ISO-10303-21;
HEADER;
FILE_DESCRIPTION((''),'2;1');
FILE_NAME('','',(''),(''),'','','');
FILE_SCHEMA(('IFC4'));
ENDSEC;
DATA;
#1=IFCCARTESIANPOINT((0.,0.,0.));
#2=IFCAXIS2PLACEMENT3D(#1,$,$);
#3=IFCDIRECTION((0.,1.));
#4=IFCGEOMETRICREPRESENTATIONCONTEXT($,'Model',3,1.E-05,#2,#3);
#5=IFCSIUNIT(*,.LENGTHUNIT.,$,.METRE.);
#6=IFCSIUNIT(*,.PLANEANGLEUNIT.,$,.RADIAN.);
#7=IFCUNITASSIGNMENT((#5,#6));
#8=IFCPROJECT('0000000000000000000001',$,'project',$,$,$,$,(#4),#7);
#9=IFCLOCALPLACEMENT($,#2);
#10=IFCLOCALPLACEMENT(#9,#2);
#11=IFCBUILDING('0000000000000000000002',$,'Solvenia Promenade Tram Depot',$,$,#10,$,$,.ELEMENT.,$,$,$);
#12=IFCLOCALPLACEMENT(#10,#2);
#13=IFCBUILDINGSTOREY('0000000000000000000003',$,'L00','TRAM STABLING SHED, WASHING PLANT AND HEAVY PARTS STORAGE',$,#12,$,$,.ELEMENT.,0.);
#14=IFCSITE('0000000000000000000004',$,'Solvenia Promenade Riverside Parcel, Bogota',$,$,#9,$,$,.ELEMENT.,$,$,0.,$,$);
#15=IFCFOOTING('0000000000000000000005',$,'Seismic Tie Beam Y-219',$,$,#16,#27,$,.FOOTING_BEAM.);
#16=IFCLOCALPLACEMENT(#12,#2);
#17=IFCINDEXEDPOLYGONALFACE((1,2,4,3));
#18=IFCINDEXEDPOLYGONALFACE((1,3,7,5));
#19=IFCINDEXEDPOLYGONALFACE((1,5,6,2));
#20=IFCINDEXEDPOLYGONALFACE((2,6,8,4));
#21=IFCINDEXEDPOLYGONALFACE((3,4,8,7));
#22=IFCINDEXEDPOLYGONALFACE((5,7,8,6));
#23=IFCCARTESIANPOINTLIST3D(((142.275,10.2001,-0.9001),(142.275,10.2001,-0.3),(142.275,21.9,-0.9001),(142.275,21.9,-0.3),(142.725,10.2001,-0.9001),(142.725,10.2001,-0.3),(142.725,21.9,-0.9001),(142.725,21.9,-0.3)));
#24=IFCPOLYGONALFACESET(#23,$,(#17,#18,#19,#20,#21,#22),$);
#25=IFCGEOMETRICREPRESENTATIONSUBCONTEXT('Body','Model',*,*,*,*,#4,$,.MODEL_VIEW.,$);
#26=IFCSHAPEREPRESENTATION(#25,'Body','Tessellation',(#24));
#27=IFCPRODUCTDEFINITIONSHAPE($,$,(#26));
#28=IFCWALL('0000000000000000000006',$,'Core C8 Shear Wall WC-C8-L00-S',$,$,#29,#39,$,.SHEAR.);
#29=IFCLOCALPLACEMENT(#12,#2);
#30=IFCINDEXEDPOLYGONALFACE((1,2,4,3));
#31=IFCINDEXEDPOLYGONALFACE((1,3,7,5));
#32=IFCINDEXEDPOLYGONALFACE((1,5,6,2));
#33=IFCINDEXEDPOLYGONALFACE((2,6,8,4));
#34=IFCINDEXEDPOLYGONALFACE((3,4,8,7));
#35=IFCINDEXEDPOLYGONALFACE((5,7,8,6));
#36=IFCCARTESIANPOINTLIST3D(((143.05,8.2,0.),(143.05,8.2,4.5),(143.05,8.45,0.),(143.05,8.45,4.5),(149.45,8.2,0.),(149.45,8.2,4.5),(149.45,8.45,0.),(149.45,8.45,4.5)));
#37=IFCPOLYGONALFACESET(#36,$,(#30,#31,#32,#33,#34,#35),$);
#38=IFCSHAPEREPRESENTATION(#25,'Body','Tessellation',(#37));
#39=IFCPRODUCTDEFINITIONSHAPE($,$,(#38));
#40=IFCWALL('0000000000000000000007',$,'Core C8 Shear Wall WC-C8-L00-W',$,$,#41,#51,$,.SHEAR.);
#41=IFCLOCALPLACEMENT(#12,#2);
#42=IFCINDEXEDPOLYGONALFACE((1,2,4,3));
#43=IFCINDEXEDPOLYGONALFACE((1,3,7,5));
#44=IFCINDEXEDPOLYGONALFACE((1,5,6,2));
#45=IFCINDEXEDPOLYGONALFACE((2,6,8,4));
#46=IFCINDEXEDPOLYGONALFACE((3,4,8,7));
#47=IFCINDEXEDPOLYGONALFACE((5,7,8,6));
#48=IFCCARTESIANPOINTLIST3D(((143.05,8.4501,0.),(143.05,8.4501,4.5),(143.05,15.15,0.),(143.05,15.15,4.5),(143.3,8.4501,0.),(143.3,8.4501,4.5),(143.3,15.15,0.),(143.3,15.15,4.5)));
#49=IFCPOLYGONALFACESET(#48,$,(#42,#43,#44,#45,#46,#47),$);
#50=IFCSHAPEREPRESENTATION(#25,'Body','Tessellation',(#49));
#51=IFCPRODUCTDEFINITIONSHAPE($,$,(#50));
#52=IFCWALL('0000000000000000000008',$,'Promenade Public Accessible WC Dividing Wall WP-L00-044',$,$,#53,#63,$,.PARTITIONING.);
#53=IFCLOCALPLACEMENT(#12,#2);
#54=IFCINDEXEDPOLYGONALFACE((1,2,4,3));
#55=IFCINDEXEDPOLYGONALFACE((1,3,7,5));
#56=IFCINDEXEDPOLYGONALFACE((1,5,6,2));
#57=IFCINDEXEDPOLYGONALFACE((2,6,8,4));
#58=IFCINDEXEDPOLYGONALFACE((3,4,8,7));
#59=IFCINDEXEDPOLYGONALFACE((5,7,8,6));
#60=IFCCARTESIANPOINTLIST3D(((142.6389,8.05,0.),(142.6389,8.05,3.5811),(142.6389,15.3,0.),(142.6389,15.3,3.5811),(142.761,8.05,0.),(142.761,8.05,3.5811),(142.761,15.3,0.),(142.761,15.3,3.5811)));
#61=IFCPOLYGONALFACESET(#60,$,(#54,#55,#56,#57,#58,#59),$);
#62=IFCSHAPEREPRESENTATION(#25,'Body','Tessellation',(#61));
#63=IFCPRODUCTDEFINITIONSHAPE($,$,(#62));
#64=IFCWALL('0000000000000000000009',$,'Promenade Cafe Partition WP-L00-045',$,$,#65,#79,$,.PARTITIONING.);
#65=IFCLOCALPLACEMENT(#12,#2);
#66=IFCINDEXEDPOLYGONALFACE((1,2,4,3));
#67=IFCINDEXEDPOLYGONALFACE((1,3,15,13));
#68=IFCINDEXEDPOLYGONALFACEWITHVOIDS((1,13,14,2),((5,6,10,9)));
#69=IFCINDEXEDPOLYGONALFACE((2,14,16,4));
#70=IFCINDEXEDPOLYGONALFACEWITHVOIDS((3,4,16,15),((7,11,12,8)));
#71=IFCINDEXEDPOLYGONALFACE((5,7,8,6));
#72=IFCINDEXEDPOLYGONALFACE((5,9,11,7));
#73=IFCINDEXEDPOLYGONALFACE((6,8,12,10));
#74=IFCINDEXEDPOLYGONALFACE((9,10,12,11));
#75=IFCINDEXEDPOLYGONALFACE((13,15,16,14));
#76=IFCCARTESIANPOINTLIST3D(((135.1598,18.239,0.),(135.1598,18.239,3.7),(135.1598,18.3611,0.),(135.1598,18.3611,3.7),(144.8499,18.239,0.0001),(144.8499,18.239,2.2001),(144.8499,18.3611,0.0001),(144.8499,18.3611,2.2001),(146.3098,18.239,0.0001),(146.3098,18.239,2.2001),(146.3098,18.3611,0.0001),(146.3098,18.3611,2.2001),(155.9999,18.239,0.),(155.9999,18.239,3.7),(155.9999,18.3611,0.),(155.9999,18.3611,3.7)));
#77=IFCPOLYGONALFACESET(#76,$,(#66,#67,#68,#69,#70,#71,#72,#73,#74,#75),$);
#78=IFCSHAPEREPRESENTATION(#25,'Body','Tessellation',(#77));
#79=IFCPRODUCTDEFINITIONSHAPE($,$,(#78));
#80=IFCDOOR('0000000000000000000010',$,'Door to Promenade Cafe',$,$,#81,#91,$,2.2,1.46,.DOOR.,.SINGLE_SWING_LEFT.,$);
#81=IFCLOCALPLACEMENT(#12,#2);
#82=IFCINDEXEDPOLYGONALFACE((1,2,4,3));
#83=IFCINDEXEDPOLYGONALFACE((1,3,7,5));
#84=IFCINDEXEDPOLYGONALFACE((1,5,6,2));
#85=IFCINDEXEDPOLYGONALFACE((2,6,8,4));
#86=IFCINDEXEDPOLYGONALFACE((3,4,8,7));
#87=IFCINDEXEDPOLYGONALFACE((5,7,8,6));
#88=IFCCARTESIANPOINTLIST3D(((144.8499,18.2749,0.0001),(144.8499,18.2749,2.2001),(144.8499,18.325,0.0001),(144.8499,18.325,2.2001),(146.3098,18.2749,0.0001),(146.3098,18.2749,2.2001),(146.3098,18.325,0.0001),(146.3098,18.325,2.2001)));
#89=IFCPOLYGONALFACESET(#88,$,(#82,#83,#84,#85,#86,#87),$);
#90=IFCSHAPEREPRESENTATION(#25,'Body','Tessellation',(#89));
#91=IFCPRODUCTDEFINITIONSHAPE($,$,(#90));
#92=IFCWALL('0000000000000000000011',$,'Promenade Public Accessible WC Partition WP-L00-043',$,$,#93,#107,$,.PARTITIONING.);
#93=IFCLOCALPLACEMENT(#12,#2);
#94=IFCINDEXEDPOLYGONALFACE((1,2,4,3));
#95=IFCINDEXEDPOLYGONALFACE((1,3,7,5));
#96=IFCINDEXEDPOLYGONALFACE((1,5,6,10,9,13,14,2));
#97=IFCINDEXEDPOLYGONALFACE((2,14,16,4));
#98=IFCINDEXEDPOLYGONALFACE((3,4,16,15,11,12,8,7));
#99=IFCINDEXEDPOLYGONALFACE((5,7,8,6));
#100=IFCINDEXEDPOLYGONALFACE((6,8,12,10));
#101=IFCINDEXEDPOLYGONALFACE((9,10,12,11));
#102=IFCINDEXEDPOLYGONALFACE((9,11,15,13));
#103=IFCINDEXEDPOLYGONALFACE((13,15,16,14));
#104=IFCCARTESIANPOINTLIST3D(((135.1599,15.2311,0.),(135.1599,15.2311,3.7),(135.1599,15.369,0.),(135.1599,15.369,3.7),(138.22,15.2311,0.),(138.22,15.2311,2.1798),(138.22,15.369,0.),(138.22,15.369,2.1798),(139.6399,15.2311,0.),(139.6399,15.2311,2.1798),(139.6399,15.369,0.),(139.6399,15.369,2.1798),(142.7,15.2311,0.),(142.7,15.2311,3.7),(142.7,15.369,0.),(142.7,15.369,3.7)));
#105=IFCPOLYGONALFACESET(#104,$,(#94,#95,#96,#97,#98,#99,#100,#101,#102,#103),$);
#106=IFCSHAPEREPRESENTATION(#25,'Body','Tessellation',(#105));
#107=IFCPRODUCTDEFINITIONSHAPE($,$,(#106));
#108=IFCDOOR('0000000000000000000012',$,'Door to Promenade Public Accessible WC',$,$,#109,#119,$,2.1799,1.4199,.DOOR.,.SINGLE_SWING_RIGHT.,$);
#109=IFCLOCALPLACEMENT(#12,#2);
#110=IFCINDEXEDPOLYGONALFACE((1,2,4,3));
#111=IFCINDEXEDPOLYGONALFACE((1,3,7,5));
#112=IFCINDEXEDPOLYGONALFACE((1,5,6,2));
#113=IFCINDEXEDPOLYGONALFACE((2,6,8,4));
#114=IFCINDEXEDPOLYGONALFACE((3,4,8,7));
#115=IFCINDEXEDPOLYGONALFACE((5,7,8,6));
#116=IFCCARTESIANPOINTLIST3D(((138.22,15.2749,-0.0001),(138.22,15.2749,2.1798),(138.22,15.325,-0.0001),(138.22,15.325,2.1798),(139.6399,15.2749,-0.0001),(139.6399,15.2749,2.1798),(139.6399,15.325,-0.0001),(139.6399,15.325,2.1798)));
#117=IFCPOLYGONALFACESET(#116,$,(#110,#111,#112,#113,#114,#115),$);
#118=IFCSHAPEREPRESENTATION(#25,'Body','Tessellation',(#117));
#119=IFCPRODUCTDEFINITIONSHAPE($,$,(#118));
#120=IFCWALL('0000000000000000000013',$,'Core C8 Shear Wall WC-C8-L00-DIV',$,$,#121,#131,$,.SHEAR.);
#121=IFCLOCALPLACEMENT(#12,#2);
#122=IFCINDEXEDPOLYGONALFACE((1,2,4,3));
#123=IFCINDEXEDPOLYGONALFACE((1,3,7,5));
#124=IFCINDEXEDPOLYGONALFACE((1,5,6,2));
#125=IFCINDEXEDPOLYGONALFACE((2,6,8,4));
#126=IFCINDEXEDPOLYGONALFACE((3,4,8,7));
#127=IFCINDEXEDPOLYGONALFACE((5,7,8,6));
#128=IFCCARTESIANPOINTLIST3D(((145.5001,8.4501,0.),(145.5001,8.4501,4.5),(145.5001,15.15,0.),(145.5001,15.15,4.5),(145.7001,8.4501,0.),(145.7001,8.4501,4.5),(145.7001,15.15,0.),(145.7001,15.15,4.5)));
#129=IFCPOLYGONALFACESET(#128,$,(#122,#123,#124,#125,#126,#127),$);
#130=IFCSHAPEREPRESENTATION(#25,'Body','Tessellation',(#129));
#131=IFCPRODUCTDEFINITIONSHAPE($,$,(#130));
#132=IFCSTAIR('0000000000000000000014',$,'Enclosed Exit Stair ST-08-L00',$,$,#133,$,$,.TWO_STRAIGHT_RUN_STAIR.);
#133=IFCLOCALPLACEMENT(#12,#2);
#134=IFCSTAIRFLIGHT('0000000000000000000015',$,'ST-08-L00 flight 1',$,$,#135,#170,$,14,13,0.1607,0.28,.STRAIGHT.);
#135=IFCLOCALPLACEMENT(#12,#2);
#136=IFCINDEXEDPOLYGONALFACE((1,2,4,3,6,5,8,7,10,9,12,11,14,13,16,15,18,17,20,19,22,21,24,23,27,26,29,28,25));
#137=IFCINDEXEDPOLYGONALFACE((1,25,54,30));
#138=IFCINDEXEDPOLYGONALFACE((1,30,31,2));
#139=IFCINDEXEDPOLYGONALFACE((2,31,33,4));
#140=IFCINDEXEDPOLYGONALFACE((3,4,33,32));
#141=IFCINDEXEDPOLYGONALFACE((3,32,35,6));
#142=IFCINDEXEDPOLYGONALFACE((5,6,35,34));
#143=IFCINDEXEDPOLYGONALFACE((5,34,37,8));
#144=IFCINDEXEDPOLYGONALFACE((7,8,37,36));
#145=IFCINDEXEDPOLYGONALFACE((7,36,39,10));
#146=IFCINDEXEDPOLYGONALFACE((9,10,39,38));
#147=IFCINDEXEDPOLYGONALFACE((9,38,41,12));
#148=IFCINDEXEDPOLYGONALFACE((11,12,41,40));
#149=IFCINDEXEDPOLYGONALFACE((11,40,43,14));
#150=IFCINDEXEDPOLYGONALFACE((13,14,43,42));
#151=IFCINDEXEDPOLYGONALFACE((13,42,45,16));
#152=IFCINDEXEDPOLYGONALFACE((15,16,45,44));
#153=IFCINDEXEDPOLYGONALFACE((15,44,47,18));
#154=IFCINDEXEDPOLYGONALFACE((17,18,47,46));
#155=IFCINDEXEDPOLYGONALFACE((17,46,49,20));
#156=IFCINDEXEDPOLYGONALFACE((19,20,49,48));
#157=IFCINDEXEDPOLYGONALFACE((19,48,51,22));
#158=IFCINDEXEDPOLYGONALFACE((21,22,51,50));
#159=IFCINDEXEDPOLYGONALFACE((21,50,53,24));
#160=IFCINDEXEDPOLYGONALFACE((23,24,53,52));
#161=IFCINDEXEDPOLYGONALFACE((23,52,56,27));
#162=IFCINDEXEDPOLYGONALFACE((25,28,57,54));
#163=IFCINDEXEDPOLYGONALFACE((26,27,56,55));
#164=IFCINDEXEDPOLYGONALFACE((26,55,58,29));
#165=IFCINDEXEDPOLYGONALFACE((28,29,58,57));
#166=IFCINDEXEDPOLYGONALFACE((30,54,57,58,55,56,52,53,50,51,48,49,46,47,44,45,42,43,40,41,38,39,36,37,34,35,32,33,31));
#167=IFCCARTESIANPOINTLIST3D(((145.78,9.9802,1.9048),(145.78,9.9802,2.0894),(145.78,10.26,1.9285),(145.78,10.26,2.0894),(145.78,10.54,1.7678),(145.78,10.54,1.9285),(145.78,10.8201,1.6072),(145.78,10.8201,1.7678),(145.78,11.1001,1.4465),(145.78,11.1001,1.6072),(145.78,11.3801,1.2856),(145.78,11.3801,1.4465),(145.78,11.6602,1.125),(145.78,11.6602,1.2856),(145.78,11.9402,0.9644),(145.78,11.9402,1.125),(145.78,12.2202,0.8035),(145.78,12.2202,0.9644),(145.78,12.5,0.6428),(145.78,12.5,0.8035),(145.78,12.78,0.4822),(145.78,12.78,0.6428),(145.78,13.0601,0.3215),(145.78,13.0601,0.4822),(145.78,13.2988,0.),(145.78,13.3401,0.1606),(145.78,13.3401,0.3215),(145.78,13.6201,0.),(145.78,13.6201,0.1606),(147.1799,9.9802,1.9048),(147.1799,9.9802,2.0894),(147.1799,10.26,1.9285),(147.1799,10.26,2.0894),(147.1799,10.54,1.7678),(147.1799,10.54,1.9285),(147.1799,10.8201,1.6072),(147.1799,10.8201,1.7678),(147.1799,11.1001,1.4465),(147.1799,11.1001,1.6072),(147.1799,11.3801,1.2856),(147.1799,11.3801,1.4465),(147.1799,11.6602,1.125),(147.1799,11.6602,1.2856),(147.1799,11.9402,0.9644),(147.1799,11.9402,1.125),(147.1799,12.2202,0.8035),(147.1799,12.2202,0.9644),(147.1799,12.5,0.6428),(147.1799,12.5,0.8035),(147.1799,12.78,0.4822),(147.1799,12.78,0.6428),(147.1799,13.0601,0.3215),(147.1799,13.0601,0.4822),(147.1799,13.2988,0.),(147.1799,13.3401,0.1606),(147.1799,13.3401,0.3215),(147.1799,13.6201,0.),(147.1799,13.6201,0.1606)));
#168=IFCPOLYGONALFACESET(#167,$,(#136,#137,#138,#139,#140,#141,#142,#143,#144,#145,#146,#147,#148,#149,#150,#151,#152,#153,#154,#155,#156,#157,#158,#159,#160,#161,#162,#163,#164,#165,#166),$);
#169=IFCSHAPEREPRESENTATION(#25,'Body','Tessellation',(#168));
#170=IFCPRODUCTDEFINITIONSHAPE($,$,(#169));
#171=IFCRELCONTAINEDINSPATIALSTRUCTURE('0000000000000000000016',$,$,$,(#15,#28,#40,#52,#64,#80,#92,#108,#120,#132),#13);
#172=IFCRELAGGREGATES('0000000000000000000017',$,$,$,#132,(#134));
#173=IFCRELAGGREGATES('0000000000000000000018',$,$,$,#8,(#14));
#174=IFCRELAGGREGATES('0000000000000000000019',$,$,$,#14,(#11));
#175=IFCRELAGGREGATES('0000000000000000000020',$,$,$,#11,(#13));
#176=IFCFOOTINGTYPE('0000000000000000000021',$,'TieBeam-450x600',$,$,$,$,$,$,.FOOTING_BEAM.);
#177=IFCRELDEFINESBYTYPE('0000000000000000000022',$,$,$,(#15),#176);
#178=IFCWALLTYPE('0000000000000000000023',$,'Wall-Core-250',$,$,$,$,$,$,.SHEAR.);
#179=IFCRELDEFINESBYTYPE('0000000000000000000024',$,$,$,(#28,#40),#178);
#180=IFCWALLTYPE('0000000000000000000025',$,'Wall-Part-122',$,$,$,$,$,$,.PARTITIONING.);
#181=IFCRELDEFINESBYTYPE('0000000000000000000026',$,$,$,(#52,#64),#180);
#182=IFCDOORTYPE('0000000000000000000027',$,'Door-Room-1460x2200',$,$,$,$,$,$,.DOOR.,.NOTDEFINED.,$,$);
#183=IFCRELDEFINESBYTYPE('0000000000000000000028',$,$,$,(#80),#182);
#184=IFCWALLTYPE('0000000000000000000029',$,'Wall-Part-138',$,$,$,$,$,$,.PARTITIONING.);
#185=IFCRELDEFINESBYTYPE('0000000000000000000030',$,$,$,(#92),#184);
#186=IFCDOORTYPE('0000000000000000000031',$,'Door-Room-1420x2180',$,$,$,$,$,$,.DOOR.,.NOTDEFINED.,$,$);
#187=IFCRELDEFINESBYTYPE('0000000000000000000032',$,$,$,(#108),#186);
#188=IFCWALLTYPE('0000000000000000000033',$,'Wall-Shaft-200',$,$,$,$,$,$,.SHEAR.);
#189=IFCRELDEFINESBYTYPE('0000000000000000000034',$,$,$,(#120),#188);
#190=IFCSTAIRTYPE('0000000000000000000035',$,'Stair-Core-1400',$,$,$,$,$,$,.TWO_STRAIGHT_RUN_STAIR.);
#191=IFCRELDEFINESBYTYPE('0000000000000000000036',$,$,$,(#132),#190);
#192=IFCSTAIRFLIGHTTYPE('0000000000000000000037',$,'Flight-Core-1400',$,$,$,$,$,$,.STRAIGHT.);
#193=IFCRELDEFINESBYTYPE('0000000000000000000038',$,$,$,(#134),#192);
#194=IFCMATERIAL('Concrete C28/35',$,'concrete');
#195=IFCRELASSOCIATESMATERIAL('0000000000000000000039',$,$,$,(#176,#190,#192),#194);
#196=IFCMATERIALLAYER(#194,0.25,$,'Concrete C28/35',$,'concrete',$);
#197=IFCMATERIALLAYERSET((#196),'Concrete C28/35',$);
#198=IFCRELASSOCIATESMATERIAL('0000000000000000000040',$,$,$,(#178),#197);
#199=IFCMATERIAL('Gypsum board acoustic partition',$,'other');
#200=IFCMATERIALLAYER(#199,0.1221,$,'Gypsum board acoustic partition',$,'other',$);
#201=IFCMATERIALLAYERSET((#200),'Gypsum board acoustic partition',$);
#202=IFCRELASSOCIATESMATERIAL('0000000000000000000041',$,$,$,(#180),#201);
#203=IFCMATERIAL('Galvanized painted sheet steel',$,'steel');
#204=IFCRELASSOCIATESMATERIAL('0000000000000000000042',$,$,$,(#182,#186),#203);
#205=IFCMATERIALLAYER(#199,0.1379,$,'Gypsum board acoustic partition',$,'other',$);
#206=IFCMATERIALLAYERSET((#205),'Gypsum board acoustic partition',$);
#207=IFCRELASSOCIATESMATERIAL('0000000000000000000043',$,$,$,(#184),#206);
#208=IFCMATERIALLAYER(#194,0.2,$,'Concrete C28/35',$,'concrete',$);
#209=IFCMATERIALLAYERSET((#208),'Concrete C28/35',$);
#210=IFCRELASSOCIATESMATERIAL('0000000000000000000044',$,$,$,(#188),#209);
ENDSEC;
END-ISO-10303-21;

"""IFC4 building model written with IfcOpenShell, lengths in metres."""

from ifc_helpers import new_model, si_unit, direction, frame, frame_2d, origin, origin_2d, place, context, subcontext, project, spatial, polyline, rectangle, outline, extrude, material, layer, layer_set, type_object, element, fill, aggregate, save


model = new_model("IFC4")

# Units and contexts
model_context = context("Model", 3, precision=1e-05, world=origin(), true_north=direction((0.0, 1.0)))
body_context = subcontext(model_context, "Body", "Model", "MODEL_VIEW")
ifc_project = project(units=[si_unit("LENGTHUNIT", "METRE"), si_unit("PLANEANGLEUNIT", "RADIAN")], contexts=[model_context])

# Site, building, storey
site_placement = place(None, origin())
site = spatial("IfcSite", under=ifc_project, at=site_placement, Name="Solvenia Promenade Riverside Parcel, Bogota", CompositionType="ELEMENT", RefElevation=0.0)
building_placement = place(site_placement, origin())
building = spatial("IfcBuilding", under=site, at=building_placement, Name="Solvenia Promenade Tram Depot", CompositionType="ELEMENT")
storey_placement = place(building_placement, origin())
storey = spatial("IfcBuildingStorey", under=building, at=storey_placement, Name="L00", Description="TRAM STABLING SHED, WASHING PLANT AND HEAVY PARTS STORAGE", CompositionType="ELEMENT", Elevation=0.0)

# Shared definitions
ifc_material_1 = material(Name="Concrete C28/35", Category="concrete")

# Footing
footing_type_1 = type_object("IfcFootingType", Name="TieBeam-450x600", PredefinedType="FOOTING_BEAM", material=ifc_material_1)
footing_1_placement = place(storey_placement, frame((142.5, 16.05, -0.9001), z_axis=(0.0, 0.0, 1.0), x_axis=(1.0, 0.0, 0.0)))
element("IfcFooting", 1, at=footing_1_placement, inside=storey, type_object=footing_type_1, Name="Seismic Tie Beam Y-219", PredefinedType="FOOTING_BEAM", context=body_context, shape_type="SweptSolid", body=[
    extrude(rectangle(XDim=0.45, YDim=11.7, at=origin_2d()), origin(), (0.0, 0.0, 1.0), 0.6001),
])

# Wall
ifc_layer_1 = layer(ifc_material_1, 0.25, Name="Concrete C28/35", Category="concrete")
ifc_layer_set_1 = layer_set([ifc_layer_1], Name="Concrete C28/35")
wall_type_1 = type_object("IfcWallType", Name="Wall-Core-250", PredefinedType="SHEAR", material=ifc_layer_set_1)
wall_1_placement = place(storey_placement, frame((143.05, 8.325, 0.0), z_axis=(0.0, 0.0, 1.0), x_axis=(1.0, 0.0, 0.0)))
element("IfcWall", 2, at=wall_1_placement, inside=storey, type_object=wall_type_1, Name="Core C8 Shear Wall WC-C8-L00-S", PredefinedType="SHEAR", context=body_context, shape_type="SweptSolid", body=[
    extrude(rectangle(XDim=6.3999, YDim=0.25, at=frame_2d((3.2, 0.0))), origin(), (0.0, 0.0, 1.0), 4.5),
])

# Shared definitions
ifc_material_2 = material(Name="Galvanized painted sheet steel", Category="steel")

# Walls
wall_2_placement = place(storey_placement, frame((143.175, 8.45, 0.0), z_axis=(0.0, 0.0, 1.0), x_axis=(0.0, 1.0, 0.0)))
element("IfcWall", 3, at=wall_2_placement, inside=storey, type_object=wall_type_1, Name="Core C8 Shear Wall WC-C8-L00-W", PredefinedType="SHEAR", context=body_context, shape_type="SweptSolid", body=[
    extrude(rectangle(XDim=6.7, YDim=0.25, at=frame_2d((3.3501, 0.0))), origin(), (0.0, 0.0, 1.0), 4.5),
])
ifc_material_3 = material(Name="Gypsum board acoustic partition", Category="other")
ifc_layer_2 = layer(ifc_material_3, 0.1221, Name="Gypsum board acoustic partition", Category="other")
ifc_layer_set_2 = layer_set([ifc_layer_2], Name="Gypsum board acoustic partition")
wall_type_2 = type_object("IfcWallType", Name="Wall-Part-122", PredefinedType="PARTITIONING", material=ifc_layer_set_2)
wall_3_placement = place(storey_placement, frame((142.7, 8.05, 0.0), z_axis=(0.0, 0.0, 1.0), x_axis=(0.0, 1.0, 0.0)))
element("IfcWall", 4, at=wall_3_placement, inside=storey, type_object=wall_type_2, Name="Promenade Public Accessible WC Dividing Wall WP-L00-044", PredefinedType="PARTITIONING", context=body_context, shape_type="SweptSolid", body=[
    extrude(rectangle(XDim=7.25, YDim=0.1221, at=frame_2d((3.625, 0.0))), origin(), (0.0, 0.0, 1.0), 3.5811),
])

# Walls, openings, doors
wall_4_placement = place(storey_placement, frame((135.1599, 18.3, 0.0), z_axis=(0.0, 0.0, 1.0), x_axis=(1.0, 0.0, 0.0)))
wall_4 = element("IfcWall", 5, at=wall_4_placement, inside=storey, type_object=wall_type_2, Name="Promenade Cafe Partition WP-L00-045", PredefinedType="PARTITIONING", context=body_context, shape_type="SweptSolid", body=[
    extrude(rectangle(XDim=20.8401, YDim=0.1221, at=frame_2d((10.4199, 0.0))), origin(), (0.0, 0.0, 1.0), 3.7),
])
opening_1_placement = place(wall_4_placement, frame((9.6899, 0.0, 0.0)))
opening_1 = element("IfcOpeningElement", 6, at=opening_1_placement, cuts=wall_4, PredefinedType="OPENING", context=body_context, shape_type="SweptSolid", body=[
    extrude(rectangle(XDim=1.46, YDim=2.2, at=frame_2d((0.73, 1.1001))), frame((0.0, 0.071, 0.0), z_axis=(0.0, -1.0, 0.0), x_axis=(1.0, 0.0, 0.0)), (0.0, 0.0, 1.0), 0.1421),
])
door_type_1 = type_object("IfcDoorType", Name="Door-Room-1460x2200", OperationType="NOTDEFINED", PredefinedType="DOOR", material=ifc_material_2)
door_1_placement = place(opening_1_placement, origin())
door_1 = element("IfcDoor", 7, at=door_1_placement, inside=storey, type_object=door_type_1, Name="Door to Promenade Cafe", OperationType="SINGLE_SWING_LEFT", OverallHeight=2.2, OverallWidth=1.46, PredefinedType="DOOR", context=body_context, shape_type="SweptSolid", body=[
    extrude(rectangle(XDim=1.46, YDim=2.2, at=frame_2d((0.73, 1.1001))), frame((0.0, 0.0249, 0.0), z_axis=(0.0, -1.0, 0.0), x_axis=(1.0, 0.0, 0.0)), (0.0, 0.0, 1.0), 0.05),
])
fill(opening_1, door_1)
ifc_layer_3 = layer(ifc_material_3, 0.1379, Name="Gypsum board acoustic partition", Category="other")
ifc_layer_set_3 = layer_set([ifc_layer_3], Name="Gypsum board acoustic partition")
wall_type_3 = type_object("IfcWallType", Name="Wall-Part-138", PredefinedType="PARTITIONING", material=ifc_layer_set_3)
wall_5_placement = place(storey_placement, frame((135.1599, 15.3, 0.0), z_axis=(0.0, 0.0, 1.0), x_axis=(1.0, 0.0, 0.0)))
wall_5 = element("IfcWall", 8, at=wall_5_placement, inside=storey, type_object=wall_type_3, Name="Promenade Public Accessible WC Partition WP-L00-043", PredefinedType="PARTITIONING", context=body_context, shape_type="SweptSolid", body=[
    extrude(rectangle(XDim=7.54, YDim=0.1379, at=frame_2d((3.77, 0.0))), origin(), (0.0, 0.0, 1.0), 3.7),
])
opening_2_placement = place(wall_5_placement, frame((3.0601, 0.0, 0.0)))
opening_2 = element("IfcOpeningElement", 9, at=opening_2_placement, cuts=wall_5, PredefinedType="OPENING", context=body_context, shape_type="SweptSolid", body=[
    extrude(rectangle(XDim=1.4199, YDim=2.1799, at=frame_2d((0.71, 1.0898))), frame((0.0, 0.0789, 0.0), z_axis=(0.0, -1.0, 0.0), x_axis=(1.0, 0.0, 0.0)), (0.0, 0.0, 1.0), 0.158),
])
door_type_2 = type_object("IfcDoorType", Name="Door-Room-1420x2180", OperationType="NOTDEFINED", PredefinedType="DOOR", material=ifc_material_2)
door_2_placement = place(opening_2_placement, origin())
door_2 = element("IfcDoor", 10, at=door_2_placement, inside=storey, type_object=door_type_2, Name="Door to Promenade Public Accessible WC", OperationType="SINGLE_SWING_RIGHT", OverallHeight=2.1799, OverallWidth=1.4199, PredefinedType="DOOR", context=body_context, shape_type="SweptSolid", body=[
    extrude(rectangle(XDim=1.4199, YDim=2.1799, at=frame_2d((0.71, 1.0898))), frame((0.0, 0.0249, 0.0), z_axis=(0.0, -1.0, 0.0), x_axis=(1.0, 0.0, 0.0)), (0.0, 0.0, 1.0), 0.05),
])
fill(opening_2, door_2)

# Wall
ifc_layer_4 = layer(ifc_material_1, 0.2, Name="Concrete C28/35", Category="concrete")
ifc_layer_set_4 = layer_set([ifc_layer_4], Name="Concrete C28/35")
wall_type_4 = type_object("IfcWallType", Name="Wall-Shaft-200", PredefinedType="SHEAR", material=ifc_layer_set_4)
wall_6_placement = place(storey_placement, frame((145.6001, 8.45, 0.0), z_axis=(0.0, 0.0, 1.0), x_axis=(0.0, 1.0, 0.0)))
element("IfcWall", 11, at=wall_6_placement, inside=storey, type_object=wall_type_4, Name="Core C8 Shear Wall WC-C8-L00-DIV", PredefinedType="SHEAR", context=body_context, shape_type="SweptSolid", body=[
    extrude(rectangle(XDim=6.7, YDim=0.2, at=frame_2d((3.3501, 0.0))), origin(), (0.0, 0.0, 1.0), 4.5),
])

# Stair, stair flight
stair_type = type_object("IfcStairType", Name="Stair-Core-1400", PredefinedType="TWO_STRAIGHT_RUN_STAIR", material=ifc_material_1)
stair_placement = place(storey_placement, origin())
stair = element("IfcStair", 12, at=stair_placement, inside=storey, type_object=stair_type, Name="Enclosed Exit Stair ST-08-L00", PredefinedType="TWO_STRAIGHT_RUN_STAIR")
stair_flight_type = type_object("IfcStairFlightType", Name="Flight-Core-1400", PredefinedType="STRAIGHT", material=ifc_material_1)
stair_flight_placement = place(storey_placement, frame((146.48, 13.6201, 0.0), z_axis=(0.0, 0.0, 1.0), x_axis=(0.0, -1.0, 0.0)))
stair_flight = element("IfcStairFlight", 13, at=stair_flight_placement, type_object=stair_flight_type, Name="ST-08-L00 flight 1", NumberOfRisers=14, NumberOfTreads=13, PredefinedType="STRAIGHT", RiserHeight=0.1607, TreadLength=0.28, context=body_context, shape_type="SweptSolid", body=[
    extrude(outline(polyline([(0.0, 0.0), (0.0, 0.1606), (0.28, 0.1606), (0.28, 0.3215), (0.5601, 0.3215), (0.5601, 0.4822), (0.8401, 0.4822), (0.8401, 0.6428), (1.1201, 0.6428), (1.1201, 0.8035), (1.3999, 0.8035), (1.3999, 0.9644), (1.6799, 0.9644), (1.6799, 1.125), (1.96, 1.125), (1.96, 1.2856), (2.24, 1.2856), (2.24, 1.4465), (2.52, 1.4465), (2.52, 1.6072), (2.8, 1.6072), (2.8, 1.7678), (3.0801, 1.7678), (3.0801, 1.9285), (3.3601, 1.9285), (3.3601, 2.0894), (3.6399, 2.0894), (3.6399, 2.25), (3.6399, 1.9048), (0.3213, 0.0), (0.0, 0.0)])), frame((0.0, 0.7, 0.0), z_axis=(0.0, -1.0, 0.0), x_axis=(1.0, 0.0, 0.0)), (0.0, 0.0, 1.0), 1.3999),
])
aggregate(stair, [stair_flight])

save(model, "model.ifc")
